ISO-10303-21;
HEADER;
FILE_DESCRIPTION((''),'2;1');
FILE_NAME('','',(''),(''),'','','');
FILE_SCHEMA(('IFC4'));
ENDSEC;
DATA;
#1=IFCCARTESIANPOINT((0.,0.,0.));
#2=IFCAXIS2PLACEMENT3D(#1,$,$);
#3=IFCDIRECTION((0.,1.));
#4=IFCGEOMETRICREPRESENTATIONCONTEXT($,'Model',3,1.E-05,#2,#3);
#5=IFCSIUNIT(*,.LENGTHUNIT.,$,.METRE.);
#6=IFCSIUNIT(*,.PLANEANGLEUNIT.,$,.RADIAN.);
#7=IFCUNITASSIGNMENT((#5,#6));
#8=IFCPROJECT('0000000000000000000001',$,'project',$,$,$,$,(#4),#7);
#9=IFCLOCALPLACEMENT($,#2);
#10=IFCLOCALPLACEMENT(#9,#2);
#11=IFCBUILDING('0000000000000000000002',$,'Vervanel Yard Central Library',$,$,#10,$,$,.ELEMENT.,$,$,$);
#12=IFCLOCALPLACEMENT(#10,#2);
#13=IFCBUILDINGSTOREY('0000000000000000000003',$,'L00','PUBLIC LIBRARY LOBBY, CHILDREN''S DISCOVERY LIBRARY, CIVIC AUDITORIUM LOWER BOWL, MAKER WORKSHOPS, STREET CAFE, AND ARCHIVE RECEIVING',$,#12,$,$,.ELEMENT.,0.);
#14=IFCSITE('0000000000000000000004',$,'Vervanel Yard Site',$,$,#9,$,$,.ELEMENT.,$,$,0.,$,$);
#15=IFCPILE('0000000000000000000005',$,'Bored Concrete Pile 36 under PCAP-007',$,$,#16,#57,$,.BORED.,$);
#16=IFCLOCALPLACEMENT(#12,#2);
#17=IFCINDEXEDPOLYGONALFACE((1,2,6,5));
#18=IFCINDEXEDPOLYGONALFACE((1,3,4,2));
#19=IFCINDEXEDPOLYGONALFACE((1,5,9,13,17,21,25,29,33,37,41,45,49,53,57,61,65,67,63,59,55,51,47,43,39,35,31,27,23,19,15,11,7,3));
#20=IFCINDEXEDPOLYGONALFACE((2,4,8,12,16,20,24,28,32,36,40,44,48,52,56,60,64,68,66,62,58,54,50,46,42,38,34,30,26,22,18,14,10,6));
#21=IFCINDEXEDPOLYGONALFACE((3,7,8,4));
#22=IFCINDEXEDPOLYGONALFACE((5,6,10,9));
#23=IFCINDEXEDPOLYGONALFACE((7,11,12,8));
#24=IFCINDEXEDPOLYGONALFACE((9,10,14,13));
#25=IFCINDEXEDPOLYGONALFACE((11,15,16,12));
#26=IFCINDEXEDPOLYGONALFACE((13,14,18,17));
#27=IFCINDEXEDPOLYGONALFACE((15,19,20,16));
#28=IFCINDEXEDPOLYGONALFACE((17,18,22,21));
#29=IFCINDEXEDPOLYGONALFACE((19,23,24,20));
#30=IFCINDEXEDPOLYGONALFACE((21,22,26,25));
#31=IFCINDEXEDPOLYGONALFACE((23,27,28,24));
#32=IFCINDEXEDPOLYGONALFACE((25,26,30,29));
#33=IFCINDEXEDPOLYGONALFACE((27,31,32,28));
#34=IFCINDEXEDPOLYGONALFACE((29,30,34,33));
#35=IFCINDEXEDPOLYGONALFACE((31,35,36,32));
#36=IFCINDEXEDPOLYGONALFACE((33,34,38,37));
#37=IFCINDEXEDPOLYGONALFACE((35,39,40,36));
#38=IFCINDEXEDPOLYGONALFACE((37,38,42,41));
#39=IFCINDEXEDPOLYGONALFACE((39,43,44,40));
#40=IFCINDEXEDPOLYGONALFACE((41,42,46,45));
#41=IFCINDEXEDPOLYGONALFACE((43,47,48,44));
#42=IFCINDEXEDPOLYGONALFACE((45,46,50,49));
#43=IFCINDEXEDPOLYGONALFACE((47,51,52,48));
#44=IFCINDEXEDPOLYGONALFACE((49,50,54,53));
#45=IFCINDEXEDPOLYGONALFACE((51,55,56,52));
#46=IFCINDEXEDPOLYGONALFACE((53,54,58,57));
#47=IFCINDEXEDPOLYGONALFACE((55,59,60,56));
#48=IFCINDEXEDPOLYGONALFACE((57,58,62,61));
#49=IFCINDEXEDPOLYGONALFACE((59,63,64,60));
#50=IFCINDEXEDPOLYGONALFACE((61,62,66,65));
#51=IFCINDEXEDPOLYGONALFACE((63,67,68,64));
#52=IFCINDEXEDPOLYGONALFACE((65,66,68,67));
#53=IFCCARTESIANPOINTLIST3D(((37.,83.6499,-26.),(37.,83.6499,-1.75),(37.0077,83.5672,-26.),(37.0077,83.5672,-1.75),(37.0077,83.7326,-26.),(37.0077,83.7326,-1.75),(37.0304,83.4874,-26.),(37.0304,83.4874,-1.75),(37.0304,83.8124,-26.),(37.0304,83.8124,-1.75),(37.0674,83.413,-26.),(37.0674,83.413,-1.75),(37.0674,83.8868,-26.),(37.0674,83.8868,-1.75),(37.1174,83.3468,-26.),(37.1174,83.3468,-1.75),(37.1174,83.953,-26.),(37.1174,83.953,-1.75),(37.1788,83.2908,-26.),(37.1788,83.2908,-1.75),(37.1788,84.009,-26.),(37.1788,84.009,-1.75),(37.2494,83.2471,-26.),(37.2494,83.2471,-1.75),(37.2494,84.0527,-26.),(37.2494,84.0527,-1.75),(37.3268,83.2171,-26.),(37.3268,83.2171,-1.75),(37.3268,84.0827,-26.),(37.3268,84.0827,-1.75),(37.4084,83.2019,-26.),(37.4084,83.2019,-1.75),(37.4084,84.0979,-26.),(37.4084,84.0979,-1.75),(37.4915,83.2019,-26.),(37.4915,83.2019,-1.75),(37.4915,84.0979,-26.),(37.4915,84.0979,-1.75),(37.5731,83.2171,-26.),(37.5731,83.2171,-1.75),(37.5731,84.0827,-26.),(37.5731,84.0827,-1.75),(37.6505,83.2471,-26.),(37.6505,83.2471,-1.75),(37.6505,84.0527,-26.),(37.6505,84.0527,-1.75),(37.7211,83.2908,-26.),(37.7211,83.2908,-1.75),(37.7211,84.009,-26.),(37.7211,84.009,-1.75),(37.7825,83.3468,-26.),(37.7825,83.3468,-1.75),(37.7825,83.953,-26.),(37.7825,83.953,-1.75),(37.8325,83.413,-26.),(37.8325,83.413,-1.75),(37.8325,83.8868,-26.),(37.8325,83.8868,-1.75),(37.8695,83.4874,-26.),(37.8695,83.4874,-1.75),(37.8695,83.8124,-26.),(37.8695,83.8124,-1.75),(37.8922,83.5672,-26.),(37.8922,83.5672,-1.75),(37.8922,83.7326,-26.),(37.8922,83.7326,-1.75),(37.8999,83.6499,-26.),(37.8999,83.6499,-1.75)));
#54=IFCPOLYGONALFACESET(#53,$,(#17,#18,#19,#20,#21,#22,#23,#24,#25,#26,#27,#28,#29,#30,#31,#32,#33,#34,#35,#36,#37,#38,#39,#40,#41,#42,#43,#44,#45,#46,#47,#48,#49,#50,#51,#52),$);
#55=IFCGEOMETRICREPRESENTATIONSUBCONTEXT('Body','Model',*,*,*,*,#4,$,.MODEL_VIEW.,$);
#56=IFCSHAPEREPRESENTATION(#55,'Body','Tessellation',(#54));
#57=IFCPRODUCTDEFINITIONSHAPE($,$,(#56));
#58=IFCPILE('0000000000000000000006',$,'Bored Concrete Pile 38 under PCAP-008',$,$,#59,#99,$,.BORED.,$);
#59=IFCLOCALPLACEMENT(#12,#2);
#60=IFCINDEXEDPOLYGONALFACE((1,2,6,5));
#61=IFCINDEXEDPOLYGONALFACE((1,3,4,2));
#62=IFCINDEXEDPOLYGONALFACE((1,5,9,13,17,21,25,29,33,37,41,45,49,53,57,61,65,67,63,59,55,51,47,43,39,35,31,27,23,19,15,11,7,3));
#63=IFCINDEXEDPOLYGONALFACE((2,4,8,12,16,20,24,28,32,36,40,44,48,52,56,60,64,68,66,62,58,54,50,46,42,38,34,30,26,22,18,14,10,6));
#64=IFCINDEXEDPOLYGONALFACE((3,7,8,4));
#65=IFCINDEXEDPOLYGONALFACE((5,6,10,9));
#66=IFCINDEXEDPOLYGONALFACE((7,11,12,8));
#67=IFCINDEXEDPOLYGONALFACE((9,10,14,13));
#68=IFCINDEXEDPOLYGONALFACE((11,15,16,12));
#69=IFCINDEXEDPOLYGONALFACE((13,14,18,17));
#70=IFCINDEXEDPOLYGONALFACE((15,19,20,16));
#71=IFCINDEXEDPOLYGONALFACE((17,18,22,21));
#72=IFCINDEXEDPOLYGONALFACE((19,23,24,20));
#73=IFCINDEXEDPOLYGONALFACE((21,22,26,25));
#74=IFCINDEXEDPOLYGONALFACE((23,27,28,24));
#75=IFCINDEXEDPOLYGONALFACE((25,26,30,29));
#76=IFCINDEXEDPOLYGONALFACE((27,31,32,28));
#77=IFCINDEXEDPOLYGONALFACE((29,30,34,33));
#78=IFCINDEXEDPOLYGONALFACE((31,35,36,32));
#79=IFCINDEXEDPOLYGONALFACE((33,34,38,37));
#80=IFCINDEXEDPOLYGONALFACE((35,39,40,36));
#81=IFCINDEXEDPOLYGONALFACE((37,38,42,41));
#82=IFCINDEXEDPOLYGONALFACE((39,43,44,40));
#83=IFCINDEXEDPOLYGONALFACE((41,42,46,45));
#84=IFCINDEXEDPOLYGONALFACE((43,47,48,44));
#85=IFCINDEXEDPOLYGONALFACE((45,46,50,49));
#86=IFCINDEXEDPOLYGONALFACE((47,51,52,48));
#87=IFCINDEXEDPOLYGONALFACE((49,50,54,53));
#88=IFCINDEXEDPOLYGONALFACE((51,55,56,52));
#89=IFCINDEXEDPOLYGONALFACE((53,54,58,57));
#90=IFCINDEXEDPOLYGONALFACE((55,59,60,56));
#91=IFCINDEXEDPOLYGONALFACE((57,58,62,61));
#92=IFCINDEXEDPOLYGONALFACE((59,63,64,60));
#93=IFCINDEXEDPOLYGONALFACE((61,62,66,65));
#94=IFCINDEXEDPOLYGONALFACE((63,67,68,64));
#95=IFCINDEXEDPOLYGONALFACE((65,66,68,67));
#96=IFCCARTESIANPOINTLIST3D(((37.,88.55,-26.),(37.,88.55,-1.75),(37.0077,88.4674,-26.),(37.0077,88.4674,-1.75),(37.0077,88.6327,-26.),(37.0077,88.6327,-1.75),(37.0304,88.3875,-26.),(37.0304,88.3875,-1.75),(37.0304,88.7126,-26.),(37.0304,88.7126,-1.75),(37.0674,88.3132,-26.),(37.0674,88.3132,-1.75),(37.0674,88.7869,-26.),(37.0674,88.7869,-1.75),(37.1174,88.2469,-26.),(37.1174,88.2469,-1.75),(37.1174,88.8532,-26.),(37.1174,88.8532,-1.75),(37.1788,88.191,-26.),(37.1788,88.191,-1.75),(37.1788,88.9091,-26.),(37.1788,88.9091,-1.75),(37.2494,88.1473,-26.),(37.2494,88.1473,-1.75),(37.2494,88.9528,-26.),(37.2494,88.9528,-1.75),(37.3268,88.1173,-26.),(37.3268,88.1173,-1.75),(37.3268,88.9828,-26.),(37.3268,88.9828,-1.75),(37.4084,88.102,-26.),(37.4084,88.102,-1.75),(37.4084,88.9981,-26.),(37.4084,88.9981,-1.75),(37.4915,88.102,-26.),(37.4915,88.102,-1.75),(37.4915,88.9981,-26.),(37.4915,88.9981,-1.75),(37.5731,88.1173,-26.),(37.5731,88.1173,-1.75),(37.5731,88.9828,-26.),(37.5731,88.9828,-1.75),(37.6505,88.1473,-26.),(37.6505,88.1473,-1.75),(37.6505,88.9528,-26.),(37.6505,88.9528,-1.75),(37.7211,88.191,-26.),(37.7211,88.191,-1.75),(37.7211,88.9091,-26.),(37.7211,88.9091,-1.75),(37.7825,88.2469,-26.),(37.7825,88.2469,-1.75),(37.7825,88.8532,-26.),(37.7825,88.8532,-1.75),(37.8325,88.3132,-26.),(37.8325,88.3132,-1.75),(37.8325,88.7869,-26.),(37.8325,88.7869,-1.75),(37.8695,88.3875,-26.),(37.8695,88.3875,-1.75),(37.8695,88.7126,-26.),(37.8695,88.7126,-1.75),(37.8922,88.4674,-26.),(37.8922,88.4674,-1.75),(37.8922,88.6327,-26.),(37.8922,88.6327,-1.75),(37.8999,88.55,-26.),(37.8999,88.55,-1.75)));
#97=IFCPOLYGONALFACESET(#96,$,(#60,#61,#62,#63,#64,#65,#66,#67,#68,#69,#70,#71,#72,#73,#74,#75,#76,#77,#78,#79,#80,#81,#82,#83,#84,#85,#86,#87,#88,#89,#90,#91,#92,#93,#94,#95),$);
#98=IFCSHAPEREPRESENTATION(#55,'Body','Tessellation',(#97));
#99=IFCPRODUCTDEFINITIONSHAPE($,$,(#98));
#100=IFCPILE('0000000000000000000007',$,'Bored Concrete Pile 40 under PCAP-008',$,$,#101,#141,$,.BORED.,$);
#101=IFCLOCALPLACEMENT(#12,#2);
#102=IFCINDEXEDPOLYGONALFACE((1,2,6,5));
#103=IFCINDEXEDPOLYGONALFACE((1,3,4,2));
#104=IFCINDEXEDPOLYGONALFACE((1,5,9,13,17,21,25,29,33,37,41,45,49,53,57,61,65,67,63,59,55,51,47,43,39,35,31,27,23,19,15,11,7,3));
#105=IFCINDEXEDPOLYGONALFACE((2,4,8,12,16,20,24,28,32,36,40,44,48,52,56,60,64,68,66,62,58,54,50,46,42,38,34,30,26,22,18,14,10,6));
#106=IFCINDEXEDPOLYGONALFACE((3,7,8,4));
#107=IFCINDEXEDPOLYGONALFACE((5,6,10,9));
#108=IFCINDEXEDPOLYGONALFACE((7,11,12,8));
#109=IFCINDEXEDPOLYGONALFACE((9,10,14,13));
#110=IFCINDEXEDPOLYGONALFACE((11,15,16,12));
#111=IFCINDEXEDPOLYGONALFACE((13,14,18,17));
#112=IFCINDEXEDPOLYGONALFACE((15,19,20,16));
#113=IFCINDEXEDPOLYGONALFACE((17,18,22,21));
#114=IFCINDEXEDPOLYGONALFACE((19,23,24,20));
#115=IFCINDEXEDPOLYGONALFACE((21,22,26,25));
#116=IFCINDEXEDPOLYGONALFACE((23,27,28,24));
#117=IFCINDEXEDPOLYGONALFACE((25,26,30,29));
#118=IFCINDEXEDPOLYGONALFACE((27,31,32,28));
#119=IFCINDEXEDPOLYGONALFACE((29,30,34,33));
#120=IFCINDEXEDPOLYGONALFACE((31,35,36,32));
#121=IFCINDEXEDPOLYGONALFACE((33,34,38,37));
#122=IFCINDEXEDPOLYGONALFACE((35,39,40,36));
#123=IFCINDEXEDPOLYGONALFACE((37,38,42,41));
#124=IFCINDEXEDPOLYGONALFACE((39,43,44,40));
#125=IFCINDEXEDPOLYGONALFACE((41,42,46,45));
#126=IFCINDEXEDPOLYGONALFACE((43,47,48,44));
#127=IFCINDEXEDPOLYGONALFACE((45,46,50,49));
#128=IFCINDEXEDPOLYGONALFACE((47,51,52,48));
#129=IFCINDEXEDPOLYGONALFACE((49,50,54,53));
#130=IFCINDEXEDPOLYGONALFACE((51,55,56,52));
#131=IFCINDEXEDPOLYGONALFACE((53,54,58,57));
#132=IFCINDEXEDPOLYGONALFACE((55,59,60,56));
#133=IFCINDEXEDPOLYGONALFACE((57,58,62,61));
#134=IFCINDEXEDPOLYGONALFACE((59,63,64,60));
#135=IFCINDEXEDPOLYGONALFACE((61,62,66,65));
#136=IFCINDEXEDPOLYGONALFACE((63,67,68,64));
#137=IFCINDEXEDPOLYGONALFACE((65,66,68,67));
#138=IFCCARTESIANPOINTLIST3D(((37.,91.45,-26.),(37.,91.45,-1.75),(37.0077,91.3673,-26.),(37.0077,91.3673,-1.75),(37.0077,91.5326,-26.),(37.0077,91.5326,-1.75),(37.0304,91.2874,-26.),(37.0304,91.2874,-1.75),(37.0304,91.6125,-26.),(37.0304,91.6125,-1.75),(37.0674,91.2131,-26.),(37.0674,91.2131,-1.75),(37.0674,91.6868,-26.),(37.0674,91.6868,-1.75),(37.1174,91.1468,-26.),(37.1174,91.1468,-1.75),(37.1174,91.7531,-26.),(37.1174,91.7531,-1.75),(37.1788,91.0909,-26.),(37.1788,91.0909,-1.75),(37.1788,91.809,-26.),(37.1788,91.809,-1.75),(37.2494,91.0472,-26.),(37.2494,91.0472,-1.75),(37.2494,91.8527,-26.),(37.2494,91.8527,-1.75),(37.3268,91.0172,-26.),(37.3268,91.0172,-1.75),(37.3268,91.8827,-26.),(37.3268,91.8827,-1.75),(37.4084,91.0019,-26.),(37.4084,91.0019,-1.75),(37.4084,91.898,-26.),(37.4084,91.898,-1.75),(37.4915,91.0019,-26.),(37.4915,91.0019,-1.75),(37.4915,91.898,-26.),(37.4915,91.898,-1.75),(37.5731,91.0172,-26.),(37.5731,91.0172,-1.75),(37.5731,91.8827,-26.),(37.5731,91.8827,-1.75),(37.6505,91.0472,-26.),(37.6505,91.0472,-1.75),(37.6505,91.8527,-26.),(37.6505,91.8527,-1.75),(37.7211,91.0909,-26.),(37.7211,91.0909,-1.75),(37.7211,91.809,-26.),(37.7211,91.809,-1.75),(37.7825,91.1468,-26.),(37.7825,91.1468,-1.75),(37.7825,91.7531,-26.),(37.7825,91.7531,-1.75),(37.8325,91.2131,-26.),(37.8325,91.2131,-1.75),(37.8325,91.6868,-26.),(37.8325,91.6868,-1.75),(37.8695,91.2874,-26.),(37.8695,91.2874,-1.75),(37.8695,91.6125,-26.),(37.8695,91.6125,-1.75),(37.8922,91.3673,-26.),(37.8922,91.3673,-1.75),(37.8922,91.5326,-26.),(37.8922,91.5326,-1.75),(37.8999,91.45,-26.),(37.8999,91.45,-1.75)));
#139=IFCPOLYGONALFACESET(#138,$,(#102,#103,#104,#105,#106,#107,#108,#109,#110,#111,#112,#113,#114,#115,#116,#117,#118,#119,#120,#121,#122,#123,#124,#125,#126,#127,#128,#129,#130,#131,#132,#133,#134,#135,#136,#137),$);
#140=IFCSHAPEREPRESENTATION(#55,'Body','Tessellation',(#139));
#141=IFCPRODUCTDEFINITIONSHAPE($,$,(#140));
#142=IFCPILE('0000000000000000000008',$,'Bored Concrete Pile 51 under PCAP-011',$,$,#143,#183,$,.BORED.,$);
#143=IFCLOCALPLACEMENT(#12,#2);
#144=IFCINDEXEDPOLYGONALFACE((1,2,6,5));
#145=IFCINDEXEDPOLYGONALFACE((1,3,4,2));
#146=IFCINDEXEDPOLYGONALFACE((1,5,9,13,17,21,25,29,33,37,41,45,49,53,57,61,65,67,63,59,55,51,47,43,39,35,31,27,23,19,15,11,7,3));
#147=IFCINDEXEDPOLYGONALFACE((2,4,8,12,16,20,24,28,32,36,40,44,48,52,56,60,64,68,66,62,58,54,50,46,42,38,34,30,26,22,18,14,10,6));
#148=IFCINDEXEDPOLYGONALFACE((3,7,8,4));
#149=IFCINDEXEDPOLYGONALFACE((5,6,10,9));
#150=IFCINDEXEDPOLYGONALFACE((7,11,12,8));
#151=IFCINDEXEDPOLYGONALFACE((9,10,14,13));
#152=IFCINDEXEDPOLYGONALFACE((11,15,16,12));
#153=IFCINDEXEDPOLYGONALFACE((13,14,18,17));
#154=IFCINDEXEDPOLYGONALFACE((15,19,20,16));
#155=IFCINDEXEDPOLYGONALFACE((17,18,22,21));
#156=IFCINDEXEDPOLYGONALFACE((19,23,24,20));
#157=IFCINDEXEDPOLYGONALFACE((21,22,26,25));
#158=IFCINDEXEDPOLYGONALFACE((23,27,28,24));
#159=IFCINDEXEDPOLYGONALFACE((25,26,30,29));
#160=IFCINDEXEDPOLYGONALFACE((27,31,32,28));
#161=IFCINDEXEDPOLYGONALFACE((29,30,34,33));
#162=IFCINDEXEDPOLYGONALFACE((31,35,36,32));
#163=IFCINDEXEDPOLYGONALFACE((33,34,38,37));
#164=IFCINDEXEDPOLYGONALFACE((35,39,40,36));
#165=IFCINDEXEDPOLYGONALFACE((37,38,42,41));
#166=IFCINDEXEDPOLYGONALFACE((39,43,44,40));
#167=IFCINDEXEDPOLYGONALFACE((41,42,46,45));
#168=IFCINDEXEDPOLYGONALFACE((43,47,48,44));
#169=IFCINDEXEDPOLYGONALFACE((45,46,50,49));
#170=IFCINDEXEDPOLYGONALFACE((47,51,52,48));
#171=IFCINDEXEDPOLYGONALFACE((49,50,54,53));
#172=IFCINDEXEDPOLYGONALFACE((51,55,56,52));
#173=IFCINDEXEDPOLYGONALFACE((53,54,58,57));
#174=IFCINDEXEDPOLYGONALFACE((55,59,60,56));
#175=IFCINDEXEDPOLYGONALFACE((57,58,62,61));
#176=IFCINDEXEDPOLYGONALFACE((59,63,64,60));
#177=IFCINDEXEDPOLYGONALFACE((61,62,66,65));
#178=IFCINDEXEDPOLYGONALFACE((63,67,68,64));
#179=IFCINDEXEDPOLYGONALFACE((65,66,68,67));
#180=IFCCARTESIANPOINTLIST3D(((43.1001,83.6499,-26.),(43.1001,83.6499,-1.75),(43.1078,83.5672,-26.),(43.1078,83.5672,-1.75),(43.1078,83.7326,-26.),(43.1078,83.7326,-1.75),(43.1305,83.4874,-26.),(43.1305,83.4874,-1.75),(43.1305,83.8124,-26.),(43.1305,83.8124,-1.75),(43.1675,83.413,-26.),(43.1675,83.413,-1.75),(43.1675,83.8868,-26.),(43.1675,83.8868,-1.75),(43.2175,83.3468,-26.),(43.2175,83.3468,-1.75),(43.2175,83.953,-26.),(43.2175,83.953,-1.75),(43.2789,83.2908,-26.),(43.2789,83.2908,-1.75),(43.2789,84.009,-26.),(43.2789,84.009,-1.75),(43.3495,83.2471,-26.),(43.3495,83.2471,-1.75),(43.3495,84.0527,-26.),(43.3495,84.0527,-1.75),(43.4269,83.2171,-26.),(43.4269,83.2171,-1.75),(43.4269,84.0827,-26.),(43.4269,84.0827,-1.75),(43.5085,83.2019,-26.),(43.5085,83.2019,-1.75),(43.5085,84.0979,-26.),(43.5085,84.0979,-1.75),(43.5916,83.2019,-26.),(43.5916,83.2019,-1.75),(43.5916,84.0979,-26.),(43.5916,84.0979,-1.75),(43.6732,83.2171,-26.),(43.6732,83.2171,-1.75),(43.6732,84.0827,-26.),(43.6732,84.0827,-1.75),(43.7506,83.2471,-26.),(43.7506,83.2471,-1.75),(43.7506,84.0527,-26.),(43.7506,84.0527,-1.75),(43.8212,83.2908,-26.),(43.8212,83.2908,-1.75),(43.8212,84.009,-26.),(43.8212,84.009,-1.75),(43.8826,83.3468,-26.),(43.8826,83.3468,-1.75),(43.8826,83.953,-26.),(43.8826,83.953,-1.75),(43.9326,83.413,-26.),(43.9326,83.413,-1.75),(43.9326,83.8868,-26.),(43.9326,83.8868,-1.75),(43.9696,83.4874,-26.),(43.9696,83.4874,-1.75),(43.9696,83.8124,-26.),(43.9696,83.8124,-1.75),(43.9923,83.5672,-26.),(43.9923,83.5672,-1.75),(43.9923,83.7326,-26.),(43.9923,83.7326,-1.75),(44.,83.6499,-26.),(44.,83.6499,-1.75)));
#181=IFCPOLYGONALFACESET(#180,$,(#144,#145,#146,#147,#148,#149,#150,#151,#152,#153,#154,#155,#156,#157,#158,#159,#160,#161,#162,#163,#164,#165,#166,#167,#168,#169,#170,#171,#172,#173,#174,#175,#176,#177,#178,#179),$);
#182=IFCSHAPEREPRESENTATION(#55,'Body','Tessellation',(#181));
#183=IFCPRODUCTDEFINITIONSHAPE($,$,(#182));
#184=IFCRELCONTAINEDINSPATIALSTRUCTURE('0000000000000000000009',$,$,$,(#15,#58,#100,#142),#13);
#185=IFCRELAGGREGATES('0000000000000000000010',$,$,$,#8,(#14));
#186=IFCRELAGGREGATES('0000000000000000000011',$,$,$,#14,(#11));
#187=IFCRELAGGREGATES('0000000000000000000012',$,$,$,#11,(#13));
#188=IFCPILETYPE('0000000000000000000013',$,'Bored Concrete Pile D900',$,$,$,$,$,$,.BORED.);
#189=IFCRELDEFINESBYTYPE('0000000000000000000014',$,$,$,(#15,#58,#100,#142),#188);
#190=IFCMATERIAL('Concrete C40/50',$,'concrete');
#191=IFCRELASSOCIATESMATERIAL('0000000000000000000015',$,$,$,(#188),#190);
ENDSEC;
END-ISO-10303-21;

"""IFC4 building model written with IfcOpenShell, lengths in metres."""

from ifc_helpers import new_model, si_unit, direction, frame, origin, origin_2d, place, context, subcontext, project, spatial, circle, extrude, material, material_profile, profile_set, type_object, element, save


model = new_model("IFC4")

# Units and contexts
model_context = context("Model", 3, precision=1e-05, world=origin(), true_north=direction((0.0, 1.0)))
body_context = subcontext(model_context, "Body", "Model", "MODEL_VIEW")
ifc_project = project(units=[si_unit("LENGTHUNIT", "METRE"), si_unit("PLANEANGLEUNIT", "RADIAN")], contexts=[model_context])

# Site, building, storey
site_placement = place(None, origin())
site = spatial("IfcSite", under=ifc_project, at=site_placement, Name="Vervanel Yard Site", CompositionType="ELEMENT", RefElevation=0.0)
building_placement = place(site_placement, origin())
building = spatial("IfcBuilding", under=site, at=building_placement, Name="Vervanel Yard Central Library", CompositionType="ELEMENT")
storey_placement = place(building_placement, origin())
storey = spatial("IfcBuildingStorey", under=building, at=storey_placement, Name="L00", Description="PUBLIC LIBRARY LOBBY, CHILDREN'S DISCOVERY LIBRARY, CIVIC AUDITORIUM LOWER BOWL, MAKER WORKSHOPS, STREET CAFE, AND ARCHIVE RECEIVING", CompositionType="ELEMENT", Elevation=0.0)

# Piles
ifc_material_1 = material(Name="Concrete C40/50", Category="concrete")
ifc_material_profile_1 = material_profile(ifc_material_1, circle(Radius=0.45, at=origin_2d()), Name="BP D900", Category="concrete")
ifc_profile_set_1 = profile_set([ifc_material_profile_1], Name="Concrete C40/50")
pile_type = type_object("IfcPileType", Name="Bored Concrete Pile D900", PredefinedType="BORED", material=ifc_profile_set_1)
for number, where, z_axis, x_axis, name in (
    (1, (37.45, 83.6499, -1.75), (0.0, 0.0, -1.0), (1.0, 0.0, 0.0), "Bored Concrete Pile 36 under PCAP-007"),
    (2, (37.45, 88.55, -1.75), (0.0, 0.0, -1.0), (1.0, 0.0, 0.0), "Bored Concrete Pile 38 under PCAP-008"),
    (3, (37.45, 91.45, -1.75), (0.0, 0.0, -1.0), (1.0, 0.0, 0.0), "Bored Concrete Pile 40 under PCAP-008"),
    (4, (43.55, 83.6499, -1.75), (0.0, 0.0, -1.0), (1.0, 0.0, 0.0), "Bored Concrete Pile 51 under PCAP-011"),
):
    element("IfcPile", number, at=place(storey_placement, frame(where, z_axis=z_axis, x_axis=x_axis)), inside=storey, type_object=pile_type, Name=name, PredefinedType="BORED", context=body_context, shape_type="SweptSolid", body=[
        extrude(circle(Radius=0.45, at=origin_2d()), origin(), (0.0, 0.0, 1.0), 24.25),
    ])

save(model, "model.ifc")
